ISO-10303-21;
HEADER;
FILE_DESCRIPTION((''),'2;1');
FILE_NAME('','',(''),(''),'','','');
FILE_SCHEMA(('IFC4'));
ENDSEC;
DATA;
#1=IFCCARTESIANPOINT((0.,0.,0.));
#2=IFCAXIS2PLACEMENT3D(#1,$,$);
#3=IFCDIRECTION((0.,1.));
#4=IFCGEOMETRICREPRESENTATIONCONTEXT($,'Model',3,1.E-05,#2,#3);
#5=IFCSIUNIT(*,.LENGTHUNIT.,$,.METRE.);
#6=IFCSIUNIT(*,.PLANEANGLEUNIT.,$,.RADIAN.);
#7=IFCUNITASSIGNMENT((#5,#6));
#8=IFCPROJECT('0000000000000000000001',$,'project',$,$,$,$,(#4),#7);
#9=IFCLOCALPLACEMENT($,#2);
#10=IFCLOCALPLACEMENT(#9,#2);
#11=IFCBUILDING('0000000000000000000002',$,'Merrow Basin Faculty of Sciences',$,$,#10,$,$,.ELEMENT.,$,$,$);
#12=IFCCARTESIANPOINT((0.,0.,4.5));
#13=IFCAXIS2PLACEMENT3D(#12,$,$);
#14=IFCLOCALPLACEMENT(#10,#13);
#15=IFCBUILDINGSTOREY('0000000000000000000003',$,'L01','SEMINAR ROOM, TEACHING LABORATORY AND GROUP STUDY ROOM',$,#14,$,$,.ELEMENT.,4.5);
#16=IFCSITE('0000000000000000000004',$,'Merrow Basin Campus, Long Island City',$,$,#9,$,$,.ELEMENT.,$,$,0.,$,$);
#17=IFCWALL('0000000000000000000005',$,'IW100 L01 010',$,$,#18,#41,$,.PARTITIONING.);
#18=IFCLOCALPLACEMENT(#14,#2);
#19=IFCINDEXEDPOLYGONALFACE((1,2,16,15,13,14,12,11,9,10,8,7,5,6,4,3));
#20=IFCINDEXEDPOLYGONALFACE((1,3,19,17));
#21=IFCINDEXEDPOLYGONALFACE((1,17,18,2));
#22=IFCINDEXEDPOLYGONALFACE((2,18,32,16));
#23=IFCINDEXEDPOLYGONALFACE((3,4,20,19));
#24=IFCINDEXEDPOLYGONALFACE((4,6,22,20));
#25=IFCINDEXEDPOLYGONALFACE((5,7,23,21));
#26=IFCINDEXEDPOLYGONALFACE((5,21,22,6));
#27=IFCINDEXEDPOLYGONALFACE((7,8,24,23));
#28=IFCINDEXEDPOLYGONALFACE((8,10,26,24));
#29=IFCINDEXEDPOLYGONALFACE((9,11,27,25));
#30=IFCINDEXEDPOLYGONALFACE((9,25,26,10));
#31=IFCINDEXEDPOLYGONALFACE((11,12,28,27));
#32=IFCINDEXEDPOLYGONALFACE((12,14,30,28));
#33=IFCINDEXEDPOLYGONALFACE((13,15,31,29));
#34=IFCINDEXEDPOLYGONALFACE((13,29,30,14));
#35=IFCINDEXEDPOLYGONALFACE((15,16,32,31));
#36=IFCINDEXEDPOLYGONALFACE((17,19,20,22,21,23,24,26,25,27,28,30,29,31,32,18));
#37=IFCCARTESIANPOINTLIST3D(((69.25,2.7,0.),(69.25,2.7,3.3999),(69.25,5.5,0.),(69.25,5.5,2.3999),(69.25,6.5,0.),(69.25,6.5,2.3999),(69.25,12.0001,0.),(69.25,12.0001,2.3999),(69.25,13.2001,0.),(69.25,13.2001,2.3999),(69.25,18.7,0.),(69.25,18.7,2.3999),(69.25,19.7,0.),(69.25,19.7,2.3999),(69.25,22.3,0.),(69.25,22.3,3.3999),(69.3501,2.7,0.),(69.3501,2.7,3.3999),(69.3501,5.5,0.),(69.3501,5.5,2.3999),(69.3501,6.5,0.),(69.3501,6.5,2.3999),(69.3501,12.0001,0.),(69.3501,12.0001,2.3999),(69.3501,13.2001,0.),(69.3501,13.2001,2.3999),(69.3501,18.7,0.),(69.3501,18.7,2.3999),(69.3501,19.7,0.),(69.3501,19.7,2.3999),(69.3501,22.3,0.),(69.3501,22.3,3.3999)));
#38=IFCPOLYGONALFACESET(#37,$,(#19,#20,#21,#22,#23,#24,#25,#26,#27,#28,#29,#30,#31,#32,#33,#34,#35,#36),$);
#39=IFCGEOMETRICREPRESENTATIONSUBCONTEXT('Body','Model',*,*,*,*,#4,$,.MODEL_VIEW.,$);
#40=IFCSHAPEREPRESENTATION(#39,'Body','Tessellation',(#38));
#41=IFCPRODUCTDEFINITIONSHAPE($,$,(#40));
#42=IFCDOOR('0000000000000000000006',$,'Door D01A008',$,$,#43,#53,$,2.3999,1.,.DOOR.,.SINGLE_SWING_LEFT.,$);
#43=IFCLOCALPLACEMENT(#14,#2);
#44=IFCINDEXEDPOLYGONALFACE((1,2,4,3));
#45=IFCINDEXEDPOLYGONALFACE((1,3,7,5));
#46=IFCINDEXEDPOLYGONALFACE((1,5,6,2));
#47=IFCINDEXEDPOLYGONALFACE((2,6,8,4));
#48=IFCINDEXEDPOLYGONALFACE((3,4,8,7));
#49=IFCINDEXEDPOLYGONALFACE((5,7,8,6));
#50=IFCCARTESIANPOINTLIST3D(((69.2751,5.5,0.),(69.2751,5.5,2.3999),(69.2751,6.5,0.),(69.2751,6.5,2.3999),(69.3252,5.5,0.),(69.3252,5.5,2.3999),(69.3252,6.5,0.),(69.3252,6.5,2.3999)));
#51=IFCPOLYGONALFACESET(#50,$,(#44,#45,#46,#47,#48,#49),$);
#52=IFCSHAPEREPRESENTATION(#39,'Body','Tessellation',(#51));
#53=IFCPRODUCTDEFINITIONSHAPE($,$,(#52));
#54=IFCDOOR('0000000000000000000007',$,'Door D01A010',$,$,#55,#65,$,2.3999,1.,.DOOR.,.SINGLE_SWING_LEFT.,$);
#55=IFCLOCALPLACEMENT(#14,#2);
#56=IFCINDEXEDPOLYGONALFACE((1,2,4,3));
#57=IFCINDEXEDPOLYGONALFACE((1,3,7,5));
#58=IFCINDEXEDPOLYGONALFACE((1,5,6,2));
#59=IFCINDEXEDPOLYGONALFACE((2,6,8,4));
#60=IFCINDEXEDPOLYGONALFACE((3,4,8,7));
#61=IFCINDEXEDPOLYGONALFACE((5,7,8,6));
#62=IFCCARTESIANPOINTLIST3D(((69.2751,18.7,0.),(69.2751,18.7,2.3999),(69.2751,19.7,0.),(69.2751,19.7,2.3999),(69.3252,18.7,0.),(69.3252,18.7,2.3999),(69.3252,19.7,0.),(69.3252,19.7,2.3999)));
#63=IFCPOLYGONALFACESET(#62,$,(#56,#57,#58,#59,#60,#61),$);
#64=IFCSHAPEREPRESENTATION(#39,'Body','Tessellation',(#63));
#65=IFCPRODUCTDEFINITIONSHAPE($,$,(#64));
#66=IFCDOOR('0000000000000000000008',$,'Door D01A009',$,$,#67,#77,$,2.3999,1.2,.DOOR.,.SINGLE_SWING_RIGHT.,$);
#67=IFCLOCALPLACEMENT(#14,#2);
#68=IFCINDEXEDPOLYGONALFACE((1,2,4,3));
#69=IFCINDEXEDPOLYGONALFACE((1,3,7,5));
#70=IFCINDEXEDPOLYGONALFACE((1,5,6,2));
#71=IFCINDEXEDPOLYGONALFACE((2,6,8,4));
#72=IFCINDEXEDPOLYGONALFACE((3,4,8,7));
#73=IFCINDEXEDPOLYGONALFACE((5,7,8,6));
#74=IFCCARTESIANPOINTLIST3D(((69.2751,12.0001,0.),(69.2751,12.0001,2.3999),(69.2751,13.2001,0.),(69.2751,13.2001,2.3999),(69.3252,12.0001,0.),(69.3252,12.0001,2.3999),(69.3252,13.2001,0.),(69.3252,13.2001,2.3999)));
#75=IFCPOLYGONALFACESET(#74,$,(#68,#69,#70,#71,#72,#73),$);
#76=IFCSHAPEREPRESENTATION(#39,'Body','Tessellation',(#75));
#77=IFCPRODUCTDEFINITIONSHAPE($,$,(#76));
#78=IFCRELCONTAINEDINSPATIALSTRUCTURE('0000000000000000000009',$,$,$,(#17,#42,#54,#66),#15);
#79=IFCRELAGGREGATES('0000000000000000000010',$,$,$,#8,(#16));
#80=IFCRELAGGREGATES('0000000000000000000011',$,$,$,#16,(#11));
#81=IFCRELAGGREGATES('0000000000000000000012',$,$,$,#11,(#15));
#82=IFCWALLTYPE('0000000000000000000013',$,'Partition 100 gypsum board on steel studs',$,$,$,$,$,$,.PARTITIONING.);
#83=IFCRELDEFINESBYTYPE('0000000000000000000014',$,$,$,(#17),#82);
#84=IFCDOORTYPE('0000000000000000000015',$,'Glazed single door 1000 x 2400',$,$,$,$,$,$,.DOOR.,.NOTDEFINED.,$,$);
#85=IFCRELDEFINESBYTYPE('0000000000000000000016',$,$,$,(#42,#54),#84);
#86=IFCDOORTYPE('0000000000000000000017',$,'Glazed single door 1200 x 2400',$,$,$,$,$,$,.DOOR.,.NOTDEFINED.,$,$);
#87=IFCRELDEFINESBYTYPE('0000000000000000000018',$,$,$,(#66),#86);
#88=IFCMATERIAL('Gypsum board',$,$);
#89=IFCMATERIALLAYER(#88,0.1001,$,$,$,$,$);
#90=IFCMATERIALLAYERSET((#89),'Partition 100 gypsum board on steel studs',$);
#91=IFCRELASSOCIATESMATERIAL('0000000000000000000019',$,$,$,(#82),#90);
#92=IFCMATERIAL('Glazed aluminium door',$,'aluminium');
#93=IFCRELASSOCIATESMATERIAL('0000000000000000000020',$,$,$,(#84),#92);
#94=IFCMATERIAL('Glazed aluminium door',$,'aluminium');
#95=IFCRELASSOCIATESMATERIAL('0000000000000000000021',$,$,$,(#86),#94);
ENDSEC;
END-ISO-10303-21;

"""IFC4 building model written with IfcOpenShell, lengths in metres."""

from ifc_helpers import new_model, si_unit, direction, frame, frame_2d, origin, place, context, subcontext, project, spatial, rectangle, extrude, material, layer, layer_set, type_object, element, fill, save


model = new_model("IFC4")

# Units and contexts
model_context = context("Model", 3, precision=1e-05, world=origin(), true_north=direction((0.0, 1.0)))
body_context = subcontext(model_context, "Body", "Model", "MODEL_VIEW")
ifc_project = project(units=[si_unit("LENGTHUNIT", "METRE"), si_unit("PLANEANGLEUNIT", "RADIAN")], contexts=[model_context])

# Site, building, storey
site_placement = place(None, origin())
site = spatial("IfcSite", under=ifc_project, at=site_placement, Name="Merrow Basin Campus, Long Island City", CompositionType="ELEMENT", RefElevation=0.0)
building_placement = place(site_placement, origin())
building = spatial("IfcBuilding", under=site, at=building_placement, Name="Merrow Basin Faculty of Sciences", CompositionType="ELEMENT")
storey_placement = place(building_placement, frame((0.0, 0.0, 4.5)))
storey = spatial("IfcBuildingStorey", under=building, at=storey_placement, Name="L01", Description="SEMINAR ROOM, TEACHING LABORATORY AND GROUP STUDY ROOM", CompositionType="ELEMENT", Elevation=4.5)

# Wall, openings, doors
ifc_material_1 = material(Name="Gypsum board")
ifc_layer_1 = layer(ifc_material_1, 0.1001)
ifc_layer_set_1 = layer_set([ifc_layer_1], Name="Partition 100 gypsum board on steel studs")
wall_type = type_object("IfcWallType", Name="Partition 100 gypsum board on steel studs", PredefinedType="PARTITIONING", material=ifc_layer_set_1)
wall_placement = place(storey_placement, frame((69.3, 2.7, 0.0), z_axis=(0.0, 0.0, 1.0), x_axis=(0.0, 1.0, 0.0)))
wall = element("IfcWall", 1, at=wall_placement, inside=storey, type_object=wall_type, Name="IW100 L01 010", PredefinedType="PARTITIONING", context=body_context, shape_type="SweptSolid", body=[
    extrude(rectangle(XDim=19.6001, YDim=0.1001, at=frame_2d((9.8, 0.0))), origin(), (0.0, 0.0, 1.0), 3.3999),
])
opening_1_placement = place(wall_placement, frame((2.8, 0.0, 0.0)))
opening_1 = element("IfcOpeningElement", 2, at=opening_1_placement, cuts=wall, PredefinedType="OPENING", context=body_context, shape_type="SweptSolid", body=[
    extrude(rectangle(XDim=1.0, YDim=2.3999, at=frame_2d((0.5, 1.2))), frame((0.0, 0.0601, 0.0), z_axis=(0.0, -1.0, 0.0), x_axis=(1.0, 0.0, 0.0)), (0.0, 0.0, 1.0), 0.1201),
])
opening_2_placement = place(wall_placement, frame((9.3, 0.0, 0.0)))
opening_2 = element("IfcOpeningElement", 3, at=opening_2_placement, cuts=wall, PredefinedType="OPENING", context=body_context, shape_type="SweptSolid", body=[
    extrude(rectangle(XDim=1.2, YDim=2.3999, at=frame_2d((0.6001, 1.2))), frame((0.0, 0.0601, 0.0), z_axis=(0.0, -1.0, 0.0), x_axis=(1.0, 0.0, 0.0)), (0.0, 0.0, 1.0), 0.1201),
])
opening_3_placement = place(wall_placement, frame((16.0, 0.0, 0.0)))
opening_3 = element("IfcOpeningElement", 4, at=opening_3_placement, cuts=wall, PredefinedType="OPENING", context=body_context, shape_type="SweptSolid", body=[
    extrude(rectangle(XDim=1.0, YDim=2.3999, at=frame_2d((0.5, 1.2))), frame((0.0, 0.0601, 0.0), z_axis=(0.0, -1.0, 0.0), x_axis=(1.0, 0.0, 0.0)), (0.0, 0.0, 1.0), 0.1201),
])
ifc_material_2 = material(Name="Glazed aluminium door", Category="aluminium")
door_type_1 = type_object("IfcDoorType", Name="Glazed single door 1000 x 2400", OperationType="NOTDEFINED", PredefinedType="DOOR", material=ifc_material_2)
door_1_placement = place(opening_1_placement, origin())
door_1 = element("IfcDoor", 5, at=door_1_placement, inside=storey, type_object=door_type_1, Name="Door D01A008", OperationType="SINGLE_SWING_LEFT", OverallHeight=2.3999, OverallWidth=1.0, PredefinedType="DOOR", context=body_context, shape_type="SweptSolid", body=[
    extrude(rectangle(XDim=1.0, YDim=2.3999, at=frame_2d((0.5, 1.2))), frame((0.0, 0.0249, 0.0), z_axis=(0.0, -1.0, 0.0), x_axis=(1.0, 0.0, 0.0)), (0.0, 0.0, 1.0), 0.05),
])
fill(opening_1, door_1)
door_2_placement = place(opening_3_placement, origin())
door_2 = element("IfcDoor", 6, at=door_2_placement, inside=storey, type_object=door_type_1, Name="Door D01A010", OperationType="SINGLE_SWING_LEFT", OverallHeight=2.3999, OverallWidth=1.0, PredefinedType="DOOR", context=body_context, shape_type="SweptSolid", body=[
    extrude(rectangle(XDim=1.0, YDim=2.3999, at=frame_2d((0.5, 1.2))), frame((0.0, 0.0249, 0.0), z_axis=(0.0, -1.0, 0.0), x_axis=(1.0, 0.0, 0.0)), (0.0, 0.0, 1.0), 0.05),
])
fill(opening_3, door_2)
ifc_material_3 = material(Name="Glazed aluminium door", Category="aluminium")
door_type_2 = type_object("IfcDoorType", Name="Glazed single door 1200 x 2400", OperationType="NOTDEFINED", PredefinedType="DOOR", material=ifc_material_3)
door_3_placement = place(opening_2_placement, origin())
door_3 = element("IfcDoor", 7, at=door_3_placement, inside=storey, type_object=door_type_2, Name="Door D01A009", OperationType="SINGLE_SWING_RIGHT", OverallHeight=2.3999, OverallWidth=1.2, PredefinedType="DOOR", context=body_context, shape_type="SweptSolid", body=[
    extrude(rectangle(XDim=1.2, YDim=2.3999, at=frame_2d((0.6001, 1.2))), frame((0.0, 0.0249, 0.0), z_axis=(0.0, -1.0, 0.0), x_axis=(1.0, 0.0, 0.0)), (0.0, 0.0, 1.0), 0.05),
])
fill(opening_2, door_3)

save(model, "model.ifc")
